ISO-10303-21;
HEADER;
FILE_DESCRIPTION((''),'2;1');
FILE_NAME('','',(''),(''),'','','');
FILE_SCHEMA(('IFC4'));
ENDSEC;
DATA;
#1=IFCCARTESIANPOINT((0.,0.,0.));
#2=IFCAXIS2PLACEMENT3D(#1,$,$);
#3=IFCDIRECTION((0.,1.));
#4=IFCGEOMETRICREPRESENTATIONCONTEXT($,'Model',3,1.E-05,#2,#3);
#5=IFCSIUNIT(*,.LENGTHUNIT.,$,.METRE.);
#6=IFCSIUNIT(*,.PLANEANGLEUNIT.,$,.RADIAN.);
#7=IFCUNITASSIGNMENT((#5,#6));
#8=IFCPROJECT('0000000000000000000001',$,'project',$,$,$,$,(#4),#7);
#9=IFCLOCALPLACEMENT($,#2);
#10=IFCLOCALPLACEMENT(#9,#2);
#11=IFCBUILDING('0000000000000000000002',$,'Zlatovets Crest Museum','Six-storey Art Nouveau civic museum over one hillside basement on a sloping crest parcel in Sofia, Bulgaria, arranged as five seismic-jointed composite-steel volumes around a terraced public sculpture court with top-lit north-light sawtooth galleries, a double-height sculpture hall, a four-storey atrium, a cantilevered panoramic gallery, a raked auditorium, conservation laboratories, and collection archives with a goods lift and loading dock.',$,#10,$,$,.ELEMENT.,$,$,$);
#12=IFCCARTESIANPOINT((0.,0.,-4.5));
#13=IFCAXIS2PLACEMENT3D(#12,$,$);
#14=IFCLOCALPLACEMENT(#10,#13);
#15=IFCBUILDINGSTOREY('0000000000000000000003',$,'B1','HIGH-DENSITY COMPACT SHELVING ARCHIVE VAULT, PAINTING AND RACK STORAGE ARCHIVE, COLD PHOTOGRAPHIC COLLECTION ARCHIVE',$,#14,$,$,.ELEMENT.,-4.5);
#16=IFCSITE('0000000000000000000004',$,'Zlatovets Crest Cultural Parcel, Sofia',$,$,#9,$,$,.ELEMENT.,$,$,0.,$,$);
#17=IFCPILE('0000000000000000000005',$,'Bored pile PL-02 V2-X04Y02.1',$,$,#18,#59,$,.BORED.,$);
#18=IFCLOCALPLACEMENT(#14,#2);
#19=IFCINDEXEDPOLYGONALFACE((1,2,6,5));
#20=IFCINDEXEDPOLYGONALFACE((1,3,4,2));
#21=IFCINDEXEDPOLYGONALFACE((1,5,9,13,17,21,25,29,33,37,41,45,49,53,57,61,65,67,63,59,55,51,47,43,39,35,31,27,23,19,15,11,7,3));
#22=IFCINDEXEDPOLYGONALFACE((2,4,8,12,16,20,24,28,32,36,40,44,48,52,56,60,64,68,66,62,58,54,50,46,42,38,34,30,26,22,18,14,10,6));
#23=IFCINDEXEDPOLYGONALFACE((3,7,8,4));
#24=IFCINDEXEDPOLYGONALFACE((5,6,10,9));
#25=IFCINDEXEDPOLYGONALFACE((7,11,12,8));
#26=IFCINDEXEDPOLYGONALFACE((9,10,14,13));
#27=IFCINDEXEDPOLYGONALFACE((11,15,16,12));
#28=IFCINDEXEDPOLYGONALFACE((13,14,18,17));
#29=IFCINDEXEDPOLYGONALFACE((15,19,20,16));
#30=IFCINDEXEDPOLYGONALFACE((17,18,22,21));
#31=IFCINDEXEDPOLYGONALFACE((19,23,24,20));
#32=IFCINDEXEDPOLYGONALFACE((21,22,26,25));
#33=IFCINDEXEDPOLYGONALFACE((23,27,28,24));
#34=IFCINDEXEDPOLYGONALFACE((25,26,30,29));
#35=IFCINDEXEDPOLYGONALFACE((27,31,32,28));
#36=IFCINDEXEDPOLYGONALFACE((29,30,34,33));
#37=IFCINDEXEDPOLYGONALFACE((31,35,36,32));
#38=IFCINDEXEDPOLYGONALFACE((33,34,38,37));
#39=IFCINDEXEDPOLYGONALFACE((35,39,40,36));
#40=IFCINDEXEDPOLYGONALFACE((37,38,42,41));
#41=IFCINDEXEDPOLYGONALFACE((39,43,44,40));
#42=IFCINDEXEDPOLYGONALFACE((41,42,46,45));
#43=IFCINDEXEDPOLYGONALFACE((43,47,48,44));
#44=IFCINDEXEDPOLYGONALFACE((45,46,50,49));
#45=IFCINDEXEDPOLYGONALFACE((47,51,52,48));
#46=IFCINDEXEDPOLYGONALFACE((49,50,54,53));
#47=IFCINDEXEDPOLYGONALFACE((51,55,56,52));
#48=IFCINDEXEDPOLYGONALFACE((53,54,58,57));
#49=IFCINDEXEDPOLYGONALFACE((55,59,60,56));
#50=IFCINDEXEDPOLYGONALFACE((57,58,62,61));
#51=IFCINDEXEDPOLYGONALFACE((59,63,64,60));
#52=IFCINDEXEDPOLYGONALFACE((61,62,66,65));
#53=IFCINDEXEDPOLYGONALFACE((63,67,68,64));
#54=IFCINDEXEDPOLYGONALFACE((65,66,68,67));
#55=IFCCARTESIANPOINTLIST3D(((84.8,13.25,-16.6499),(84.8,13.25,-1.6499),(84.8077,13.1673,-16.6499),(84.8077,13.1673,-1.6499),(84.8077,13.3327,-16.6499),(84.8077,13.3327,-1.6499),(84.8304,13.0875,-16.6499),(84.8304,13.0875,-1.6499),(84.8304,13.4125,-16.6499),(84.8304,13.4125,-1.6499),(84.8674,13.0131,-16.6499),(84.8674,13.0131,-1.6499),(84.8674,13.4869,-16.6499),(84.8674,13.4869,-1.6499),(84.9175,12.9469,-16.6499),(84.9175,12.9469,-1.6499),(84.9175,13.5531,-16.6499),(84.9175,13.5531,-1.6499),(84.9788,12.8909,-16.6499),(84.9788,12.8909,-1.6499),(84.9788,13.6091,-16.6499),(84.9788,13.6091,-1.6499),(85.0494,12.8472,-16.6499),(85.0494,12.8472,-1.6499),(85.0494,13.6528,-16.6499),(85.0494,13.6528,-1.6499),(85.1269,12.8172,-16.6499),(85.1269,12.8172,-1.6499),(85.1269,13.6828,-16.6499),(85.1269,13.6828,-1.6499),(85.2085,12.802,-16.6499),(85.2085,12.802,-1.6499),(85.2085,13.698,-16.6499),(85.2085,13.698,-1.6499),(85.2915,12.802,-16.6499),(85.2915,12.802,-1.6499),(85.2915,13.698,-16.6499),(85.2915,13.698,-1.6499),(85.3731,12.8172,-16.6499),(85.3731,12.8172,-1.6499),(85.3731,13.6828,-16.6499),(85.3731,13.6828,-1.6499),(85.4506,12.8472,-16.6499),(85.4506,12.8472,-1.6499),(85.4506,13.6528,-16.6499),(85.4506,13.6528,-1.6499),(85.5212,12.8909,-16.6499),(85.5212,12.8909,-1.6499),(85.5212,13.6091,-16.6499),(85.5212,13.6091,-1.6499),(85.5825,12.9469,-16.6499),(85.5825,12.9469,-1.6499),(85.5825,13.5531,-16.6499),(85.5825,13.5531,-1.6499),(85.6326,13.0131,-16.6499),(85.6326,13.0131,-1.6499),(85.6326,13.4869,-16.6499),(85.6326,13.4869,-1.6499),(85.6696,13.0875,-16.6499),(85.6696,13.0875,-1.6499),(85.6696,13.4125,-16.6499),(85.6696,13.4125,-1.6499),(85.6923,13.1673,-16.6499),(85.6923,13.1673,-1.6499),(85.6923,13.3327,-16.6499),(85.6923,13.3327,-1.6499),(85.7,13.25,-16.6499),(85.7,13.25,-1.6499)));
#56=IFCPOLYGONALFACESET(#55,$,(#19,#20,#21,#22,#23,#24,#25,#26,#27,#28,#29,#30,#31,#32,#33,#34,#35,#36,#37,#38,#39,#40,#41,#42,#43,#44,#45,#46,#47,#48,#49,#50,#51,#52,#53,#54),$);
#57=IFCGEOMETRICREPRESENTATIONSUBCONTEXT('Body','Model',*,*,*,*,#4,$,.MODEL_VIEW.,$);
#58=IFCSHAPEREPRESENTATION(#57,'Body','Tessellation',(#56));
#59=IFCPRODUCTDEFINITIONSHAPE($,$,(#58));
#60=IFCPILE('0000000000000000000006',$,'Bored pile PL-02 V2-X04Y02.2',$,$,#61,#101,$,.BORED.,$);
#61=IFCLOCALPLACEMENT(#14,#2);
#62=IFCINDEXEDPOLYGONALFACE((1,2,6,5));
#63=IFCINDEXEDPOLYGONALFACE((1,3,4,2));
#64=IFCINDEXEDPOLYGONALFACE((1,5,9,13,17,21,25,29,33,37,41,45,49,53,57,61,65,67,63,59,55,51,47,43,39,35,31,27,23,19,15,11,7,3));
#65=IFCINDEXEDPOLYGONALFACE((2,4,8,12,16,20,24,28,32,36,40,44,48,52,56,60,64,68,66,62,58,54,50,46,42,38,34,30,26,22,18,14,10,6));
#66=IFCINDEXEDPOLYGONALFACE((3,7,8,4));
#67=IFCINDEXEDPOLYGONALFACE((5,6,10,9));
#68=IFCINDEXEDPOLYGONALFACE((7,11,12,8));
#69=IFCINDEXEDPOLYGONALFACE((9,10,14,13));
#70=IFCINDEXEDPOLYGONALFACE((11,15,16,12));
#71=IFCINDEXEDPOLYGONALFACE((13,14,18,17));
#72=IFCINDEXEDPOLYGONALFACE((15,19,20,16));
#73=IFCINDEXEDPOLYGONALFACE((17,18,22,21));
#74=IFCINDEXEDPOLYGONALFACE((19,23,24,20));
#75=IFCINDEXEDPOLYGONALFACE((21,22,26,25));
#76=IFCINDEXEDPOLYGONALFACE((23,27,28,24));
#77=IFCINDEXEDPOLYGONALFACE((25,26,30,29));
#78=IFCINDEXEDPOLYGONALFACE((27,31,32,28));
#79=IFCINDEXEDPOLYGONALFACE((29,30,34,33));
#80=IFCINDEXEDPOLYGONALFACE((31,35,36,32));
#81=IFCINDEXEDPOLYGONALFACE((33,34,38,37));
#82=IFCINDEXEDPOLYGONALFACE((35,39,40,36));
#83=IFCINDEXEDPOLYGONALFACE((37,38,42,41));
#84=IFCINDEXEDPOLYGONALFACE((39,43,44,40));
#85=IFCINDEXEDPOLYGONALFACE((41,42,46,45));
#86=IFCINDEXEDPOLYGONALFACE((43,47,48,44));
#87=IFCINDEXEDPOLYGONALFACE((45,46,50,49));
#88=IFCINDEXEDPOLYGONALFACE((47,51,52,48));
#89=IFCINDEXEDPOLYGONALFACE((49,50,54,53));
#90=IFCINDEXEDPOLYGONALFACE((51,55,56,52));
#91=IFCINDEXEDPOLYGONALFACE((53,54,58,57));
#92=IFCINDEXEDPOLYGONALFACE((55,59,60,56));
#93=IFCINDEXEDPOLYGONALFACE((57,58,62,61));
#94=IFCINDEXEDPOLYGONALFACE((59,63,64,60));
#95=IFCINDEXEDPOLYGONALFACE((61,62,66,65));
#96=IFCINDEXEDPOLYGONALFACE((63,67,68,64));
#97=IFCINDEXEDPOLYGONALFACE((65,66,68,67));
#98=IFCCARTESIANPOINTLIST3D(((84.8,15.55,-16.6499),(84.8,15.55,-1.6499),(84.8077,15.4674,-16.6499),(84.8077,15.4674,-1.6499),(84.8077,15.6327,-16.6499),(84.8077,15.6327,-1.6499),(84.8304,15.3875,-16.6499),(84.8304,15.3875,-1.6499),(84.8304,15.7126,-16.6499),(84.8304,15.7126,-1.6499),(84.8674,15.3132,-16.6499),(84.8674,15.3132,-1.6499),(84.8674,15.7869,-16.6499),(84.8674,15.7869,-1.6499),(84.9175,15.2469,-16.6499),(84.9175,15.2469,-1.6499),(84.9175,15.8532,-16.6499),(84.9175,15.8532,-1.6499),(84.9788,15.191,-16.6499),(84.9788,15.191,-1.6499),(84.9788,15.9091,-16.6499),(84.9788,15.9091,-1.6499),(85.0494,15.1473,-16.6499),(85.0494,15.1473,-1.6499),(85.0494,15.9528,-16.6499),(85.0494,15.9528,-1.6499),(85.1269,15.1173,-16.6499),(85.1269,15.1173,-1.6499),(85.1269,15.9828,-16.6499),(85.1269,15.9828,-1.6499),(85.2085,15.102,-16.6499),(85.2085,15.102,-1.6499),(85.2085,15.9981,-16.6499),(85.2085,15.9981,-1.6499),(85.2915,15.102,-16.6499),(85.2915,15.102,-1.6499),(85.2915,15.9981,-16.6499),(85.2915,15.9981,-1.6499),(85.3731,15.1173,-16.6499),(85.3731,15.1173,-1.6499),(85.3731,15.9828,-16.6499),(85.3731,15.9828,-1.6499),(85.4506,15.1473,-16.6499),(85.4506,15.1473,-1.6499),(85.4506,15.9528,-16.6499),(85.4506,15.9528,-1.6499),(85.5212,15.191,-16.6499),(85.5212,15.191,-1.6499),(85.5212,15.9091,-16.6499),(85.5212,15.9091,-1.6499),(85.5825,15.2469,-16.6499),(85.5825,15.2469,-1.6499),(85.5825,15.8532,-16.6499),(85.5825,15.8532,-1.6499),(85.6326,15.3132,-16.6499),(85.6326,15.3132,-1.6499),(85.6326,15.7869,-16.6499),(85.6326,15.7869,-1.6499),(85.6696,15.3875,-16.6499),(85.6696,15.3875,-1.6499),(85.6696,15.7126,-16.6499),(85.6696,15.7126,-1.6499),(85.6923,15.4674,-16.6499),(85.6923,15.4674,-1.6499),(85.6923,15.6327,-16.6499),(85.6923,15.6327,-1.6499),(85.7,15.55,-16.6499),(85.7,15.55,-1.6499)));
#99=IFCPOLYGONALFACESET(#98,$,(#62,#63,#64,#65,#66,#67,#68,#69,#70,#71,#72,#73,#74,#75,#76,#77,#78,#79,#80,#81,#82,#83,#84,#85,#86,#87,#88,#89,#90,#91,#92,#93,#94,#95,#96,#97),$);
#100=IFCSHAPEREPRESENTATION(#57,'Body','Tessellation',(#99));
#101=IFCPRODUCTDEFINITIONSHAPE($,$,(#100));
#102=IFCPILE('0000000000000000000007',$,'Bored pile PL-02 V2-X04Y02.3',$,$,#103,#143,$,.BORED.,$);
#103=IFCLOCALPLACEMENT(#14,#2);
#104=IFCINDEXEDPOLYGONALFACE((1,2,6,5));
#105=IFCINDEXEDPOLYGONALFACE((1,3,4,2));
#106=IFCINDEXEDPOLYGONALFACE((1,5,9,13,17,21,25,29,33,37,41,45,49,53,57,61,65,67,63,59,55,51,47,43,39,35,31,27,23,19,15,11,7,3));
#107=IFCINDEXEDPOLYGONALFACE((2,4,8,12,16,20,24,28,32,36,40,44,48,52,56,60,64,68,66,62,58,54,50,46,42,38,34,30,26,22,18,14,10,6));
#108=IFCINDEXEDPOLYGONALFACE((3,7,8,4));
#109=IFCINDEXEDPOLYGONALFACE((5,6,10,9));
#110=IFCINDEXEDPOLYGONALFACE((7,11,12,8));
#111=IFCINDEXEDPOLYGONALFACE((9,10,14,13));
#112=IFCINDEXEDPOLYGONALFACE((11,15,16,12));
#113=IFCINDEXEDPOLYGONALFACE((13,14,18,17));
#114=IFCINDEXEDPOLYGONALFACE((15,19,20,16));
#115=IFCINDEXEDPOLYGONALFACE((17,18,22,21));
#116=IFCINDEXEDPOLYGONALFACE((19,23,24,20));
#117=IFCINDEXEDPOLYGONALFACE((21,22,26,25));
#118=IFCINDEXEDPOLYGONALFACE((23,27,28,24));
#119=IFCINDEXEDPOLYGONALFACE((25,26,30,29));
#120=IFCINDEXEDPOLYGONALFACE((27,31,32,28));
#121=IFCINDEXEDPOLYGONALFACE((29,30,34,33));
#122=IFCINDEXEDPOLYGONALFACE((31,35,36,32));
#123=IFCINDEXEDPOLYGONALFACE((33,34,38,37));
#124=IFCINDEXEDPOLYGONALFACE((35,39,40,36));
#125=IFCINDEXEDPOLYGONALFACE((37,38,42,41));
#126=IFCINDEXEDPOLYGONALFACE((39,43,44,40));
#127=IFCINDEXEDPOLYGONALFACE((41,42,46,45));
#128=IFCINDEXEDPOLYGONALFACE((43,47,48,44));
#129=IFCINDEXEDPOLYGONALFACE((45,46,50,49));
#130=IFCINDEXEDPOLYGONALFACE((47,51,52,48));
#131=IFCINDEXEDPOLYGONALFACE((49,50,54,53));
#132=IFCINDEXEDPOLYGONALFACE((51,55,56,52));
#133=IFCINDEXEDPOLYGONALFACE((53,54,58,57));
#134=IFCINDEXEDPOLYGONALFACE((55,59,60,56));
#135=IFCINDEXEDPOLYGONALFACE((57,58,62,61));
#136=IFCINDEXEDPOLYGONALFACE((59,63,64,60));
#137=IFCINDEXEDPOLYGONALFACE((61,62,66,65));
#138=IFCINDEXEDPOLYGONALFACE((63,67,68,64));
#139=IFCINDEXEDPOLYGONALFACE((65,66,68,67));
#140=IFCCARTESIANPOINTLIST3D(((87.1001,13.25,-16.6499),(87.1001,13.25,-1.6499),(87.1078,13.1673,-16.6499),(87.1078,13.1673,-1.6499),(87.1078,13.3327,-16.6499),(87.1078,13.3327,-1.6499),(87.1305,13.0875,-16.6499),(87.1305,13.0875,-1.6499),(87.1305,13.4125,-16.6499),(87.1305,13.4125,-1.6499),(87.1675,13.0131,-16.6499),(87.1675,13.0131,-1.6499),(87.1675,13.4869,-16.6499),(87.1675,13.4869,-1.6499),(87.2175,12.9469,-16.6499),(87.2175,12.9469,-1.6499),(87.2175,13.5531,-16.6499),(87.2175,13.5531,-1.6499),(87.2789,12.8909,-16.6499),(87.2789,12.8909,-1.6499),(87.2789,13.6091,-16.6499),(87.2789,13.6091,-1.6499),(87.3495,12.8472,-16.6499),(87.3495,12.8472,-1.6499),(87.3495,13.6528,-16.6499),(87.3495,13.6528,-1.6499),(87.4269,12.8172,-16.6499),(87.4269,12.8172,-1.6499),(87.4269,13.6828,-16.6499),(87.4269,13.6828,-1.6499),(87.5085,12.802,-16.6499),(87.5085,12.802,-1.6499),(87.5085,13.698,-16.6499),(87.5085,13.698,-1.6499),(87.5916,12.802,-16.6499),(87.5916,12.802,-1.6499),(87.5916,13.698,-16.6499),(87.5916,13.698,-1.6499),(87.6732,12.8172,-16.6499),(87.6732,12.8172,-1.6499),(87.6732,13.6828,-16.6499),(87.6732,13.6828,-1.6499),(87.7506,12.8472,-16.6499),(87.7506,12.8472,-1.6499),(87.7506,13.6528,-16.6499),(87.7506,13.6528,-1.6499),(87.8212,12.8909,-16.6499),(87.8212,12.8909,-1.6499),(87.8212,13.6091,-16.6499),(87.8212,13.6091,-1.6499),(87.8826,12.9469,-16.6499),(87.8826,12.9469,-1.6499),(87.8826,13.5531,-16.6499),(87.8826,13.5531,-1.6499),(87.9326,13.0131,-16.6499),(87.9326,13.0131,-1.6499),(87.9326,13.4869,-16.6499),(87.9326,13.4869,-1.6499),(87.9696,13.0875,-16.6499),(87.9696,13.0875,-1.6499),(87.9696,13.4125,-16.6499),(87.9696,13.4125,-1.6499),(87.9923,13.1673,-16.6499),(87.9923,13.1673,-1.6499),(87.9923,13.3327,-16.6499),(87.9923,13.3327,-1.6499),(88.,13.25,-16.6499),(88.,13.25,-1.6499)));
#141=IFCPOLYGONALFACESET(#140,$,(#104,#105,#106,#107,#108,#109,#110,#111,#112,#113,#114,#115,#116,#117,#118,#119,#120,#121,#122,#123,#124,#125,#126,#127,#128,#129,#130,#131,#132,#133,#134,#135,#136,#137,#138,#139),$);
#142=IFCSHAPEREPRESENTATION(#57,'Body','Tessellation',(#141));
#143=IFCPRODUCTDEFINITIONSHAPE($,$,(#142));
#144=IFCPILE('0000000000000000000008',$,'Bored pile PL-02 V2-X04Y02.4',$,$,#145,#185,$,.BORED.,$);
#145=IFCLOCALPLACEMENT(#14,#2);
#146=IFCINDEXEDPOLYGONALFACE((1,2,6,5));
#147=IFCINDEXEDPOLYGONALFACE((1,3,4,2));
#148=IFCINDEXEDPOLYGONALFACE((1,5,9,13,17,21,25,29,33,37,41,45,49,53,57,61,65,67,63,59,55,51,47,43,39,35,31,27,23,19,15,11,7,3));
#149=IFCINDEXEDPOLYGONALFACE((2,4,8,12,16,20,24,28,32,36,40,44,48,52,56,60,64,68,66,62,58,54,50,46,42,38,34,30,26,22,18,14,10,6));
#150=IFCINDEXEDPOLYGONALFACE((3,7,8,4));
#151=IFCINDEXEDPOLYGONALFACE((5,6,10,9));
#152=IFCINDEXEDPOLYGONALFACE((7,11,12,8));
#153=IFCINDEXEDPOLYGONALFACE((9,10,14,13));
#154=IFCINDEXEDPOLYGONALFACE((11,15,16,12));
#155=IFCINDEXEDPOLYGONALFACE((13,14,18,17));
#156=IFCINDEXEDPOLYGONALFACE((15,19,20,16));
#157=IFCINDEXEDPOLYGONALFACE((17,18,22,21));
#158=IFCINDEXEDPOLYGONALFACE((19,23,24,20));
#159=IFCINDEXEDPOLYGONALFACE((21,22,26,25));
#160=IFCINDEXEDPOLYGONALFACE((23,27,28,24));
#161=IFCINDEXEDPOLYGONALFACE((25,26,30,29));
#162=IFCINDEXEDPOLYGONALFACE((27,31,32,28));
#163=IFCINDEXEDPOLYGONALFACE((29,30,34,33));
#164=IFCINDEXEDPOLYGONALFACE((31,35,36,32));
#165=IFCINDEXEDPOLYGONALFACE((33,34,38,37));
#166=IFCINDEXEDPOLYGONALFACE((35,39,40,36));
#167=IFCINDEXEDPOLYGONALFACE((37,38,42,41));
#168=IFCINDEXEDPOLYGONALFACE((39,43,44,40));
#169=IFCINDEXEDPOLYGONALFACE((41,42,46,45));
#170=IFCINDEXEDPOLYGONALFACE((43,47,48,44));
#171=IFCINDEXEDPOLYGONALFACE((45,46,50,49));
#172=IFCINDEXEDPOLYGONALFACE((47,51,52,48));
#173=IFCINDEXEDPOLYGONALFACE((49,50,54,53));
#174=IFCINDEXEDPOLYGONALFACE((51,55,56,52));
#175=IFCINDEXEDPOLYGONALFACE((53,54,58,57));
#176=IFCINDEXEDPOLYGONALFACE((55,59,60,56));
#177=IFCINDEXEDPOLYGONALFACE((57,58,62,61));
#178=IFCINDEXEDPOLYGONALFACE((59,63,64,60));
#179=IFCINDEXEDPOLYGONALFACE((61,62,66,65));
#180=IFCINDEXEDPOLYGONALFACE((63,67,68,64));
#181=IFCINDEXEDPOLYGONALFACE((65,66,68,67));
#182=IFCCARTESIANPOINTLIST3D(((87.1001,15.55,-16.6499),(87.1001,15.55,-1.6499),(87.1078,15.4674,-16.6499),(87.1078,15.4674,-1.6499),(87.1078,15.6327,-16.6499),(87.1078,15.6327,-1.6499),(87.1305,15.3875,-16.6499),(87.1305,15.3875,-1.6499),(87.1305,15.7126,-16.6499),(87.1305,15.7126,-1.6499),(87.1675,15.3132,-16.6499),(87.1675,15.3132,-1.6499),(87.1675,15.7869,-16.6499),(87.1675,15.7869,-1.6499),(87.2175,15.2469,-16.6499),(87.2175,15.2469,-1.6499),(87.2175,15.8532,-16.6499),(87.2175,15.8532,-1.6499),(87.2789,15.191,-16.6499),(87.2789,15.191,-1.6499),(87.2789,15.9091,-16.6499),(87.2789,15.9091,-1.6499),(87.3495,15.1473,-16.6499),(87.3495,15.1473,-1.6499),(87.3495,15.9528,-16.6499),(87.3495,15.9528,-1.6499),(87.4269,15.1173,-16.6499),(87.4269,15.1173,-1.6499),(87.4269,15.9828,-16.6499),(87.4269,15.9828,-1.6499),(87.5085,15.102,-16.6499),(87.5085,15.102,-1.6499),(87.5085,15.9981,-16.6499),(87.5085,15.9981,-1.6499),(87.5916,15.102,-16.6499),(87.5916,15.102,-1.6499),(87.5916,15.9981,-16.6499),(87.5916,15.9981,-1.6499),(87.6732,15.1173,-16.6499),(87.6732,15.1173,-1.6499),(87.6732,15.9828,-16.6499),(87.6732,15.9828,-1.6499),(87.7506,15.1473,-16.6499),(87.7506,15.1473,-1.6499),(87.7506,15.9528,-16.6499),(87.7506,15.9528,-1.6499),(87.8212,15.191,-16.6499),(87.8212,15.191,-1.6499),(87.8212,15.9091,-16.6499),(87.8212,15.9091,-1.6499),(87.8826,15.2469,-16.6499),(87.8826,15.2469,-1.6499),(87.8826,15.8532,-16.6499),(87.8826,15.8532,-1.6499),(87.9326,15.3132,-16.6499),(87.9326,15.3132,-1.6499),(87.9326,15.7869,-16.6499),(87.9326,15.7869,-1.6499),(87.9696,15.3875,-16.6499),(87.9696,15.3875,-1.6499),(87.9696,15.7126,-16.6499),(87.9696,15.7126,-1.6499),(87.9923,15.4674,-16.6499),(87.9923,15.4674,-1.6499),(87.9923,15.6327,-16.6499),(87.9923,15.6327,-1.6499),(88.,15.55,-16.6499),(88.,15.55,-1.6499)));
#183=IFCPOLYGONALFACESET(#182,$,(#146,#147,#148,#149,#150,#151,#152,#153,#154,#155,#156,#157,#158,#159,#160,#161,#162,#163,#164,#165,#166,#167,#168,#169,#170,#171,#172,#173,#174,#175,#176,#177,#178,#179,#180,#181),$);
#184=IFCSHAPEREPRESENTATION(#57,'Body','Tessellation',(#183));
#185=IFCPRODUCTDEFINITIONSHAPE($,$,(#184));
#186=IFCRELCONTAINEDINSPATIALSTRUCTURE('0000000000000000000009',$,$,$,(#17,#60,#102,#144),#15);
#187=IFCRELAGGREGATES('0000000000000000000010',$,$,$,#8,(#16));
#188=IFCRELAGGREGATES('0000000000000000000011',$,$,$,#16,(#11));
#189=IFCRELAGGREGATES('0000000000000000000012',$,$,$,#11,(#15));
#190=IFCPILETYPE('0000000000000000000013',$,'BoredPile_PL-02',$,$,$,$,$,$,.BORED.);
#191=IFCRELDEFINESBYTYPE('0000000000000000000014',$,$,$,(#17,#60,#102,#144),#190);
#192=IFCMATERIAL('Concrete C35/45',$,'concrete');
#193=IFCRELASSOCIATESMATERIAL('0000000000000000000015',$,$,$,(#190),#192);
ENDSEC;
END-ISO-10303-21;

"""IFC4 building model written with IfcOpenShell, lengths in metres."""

from ifc_helpers import new_model, si_unit, direction, frame, origin, origin_2d, place, context, subcontext, project, spatial, circle, extrude, material, material_profile, profile_set, type_object, element, save


model = new_model("IFC4")

# Units and contexts
model_context = context("Model", 3, precision=1e-05, world=origin(), true_north=direction((0.0, 1.0)))
body_context = subcontext(model_context, "Body", "Model", "MODEL_VIEW")
ifc_project = project(units=[si_unit("LENGTHUNIT", "METRE"), si_unit("PLANEANGLEUNIT", "RADIAN")], contexts=[model_context])

# Site, building, storey
site_placement = place(None, origin())
site = spatial("IfcSite", under=ifc_project, at=site_placement, Name="Zlatovets Crest Cultural Parcel, Sofia", CompositionType="ELEMENT", RefElevation=0.0)
building_placement = place(site_placement, origin())
building = spatial("IfcBuilding", under=site, at=building_placement, Name="Zlatovets Crest Museum", Description="Six-storey Art Nouveau civic museum over one hillside basement on a sloping crest parcel in Sofia, Bulgaria, arranged as five seismic-jointed composite-steel volumes around a terraced public sculpture court with top-lit north-light sawtooth galleries, a double-height sculpture hall, a four-storey atrium, a cantilevered panoramic gallery, a raked auditorium, conservation laboratories, and collection archives with a goods lift and loading dock.", CompositionType="ELEMENT")
storey_placement = place(building_placement, frame((0.0, 0.0, -4.5)))
storey = spatial("IfcBuildingStorey", under=building, at=storey_placement, Name="B1", Description="HIGH-DENSITY COMPACT SHELVING ARCHIVE VAULT, PAINTING AND RACK STORAGE ARCHIVE, COLD PHOTOGRAPHIC COLLECTION ARCHIVE", CompositionType="ELEMENT", Elevation=-4.5)

# Piles
ifc_material_1 = material(Name="Concrete C35/45", Category="concrete")
ifc_material_profile_1 = material_profile(ifc_material_1, circle(Radius=0.45, at=origin_2d()), Name="PILE D900")
ifc_profile_set_1 = profile_set([ifc_material_profile_1], Name="Concrete C35/45")
pile_type = type_object("IfcPileType", Name="BoredPile_PL-02", PredefinedType="BORED", material=ifc_profile_set_1)
for number, where, z_axis, x_axis, name in (
    (1, (85.25, 13.25, -1.6499), (0.0, 0.0, -1.0), (1.0, 0.0, 0.0), "Bored pile PL-02 V2-X04Y02.1"),
    (2, (85.25, 15.55, -1.6499), (0.0, 0.0, -1.0), (1.0, 0.0, 0.0), "Bored pile PL-02 V2-X04Y02.2"),
    (3, (87.55, 13.25, -1.6499), (0.0, 0.0, -1.0), (1.0, 0.0, 0.0), "Bored pile PL-02 V2-X04Y02.3"),
    (4, (87.55, 15.55, -1.6499), (0.0, 0.0, -1.0), (1.0, 0.0, 0.0), "Bored pile PL-02 V2-X04Y02.4"),
):
    element("IfcPile", number, at=place(storey_placement, frame(where, z_axis=z_axis, x_axis=x_axis)), inside=storey, type_object=pile_type, Name=name, PredefinedType="BORED", context=body_context, shape_type="SweptSolid", body=[
        extrude(circle(Radius=0.45, at=origin_2d()), origin(), (0.0, 0.0, 1.0), 15.0),
    ])

save(model, "model.ifc")
